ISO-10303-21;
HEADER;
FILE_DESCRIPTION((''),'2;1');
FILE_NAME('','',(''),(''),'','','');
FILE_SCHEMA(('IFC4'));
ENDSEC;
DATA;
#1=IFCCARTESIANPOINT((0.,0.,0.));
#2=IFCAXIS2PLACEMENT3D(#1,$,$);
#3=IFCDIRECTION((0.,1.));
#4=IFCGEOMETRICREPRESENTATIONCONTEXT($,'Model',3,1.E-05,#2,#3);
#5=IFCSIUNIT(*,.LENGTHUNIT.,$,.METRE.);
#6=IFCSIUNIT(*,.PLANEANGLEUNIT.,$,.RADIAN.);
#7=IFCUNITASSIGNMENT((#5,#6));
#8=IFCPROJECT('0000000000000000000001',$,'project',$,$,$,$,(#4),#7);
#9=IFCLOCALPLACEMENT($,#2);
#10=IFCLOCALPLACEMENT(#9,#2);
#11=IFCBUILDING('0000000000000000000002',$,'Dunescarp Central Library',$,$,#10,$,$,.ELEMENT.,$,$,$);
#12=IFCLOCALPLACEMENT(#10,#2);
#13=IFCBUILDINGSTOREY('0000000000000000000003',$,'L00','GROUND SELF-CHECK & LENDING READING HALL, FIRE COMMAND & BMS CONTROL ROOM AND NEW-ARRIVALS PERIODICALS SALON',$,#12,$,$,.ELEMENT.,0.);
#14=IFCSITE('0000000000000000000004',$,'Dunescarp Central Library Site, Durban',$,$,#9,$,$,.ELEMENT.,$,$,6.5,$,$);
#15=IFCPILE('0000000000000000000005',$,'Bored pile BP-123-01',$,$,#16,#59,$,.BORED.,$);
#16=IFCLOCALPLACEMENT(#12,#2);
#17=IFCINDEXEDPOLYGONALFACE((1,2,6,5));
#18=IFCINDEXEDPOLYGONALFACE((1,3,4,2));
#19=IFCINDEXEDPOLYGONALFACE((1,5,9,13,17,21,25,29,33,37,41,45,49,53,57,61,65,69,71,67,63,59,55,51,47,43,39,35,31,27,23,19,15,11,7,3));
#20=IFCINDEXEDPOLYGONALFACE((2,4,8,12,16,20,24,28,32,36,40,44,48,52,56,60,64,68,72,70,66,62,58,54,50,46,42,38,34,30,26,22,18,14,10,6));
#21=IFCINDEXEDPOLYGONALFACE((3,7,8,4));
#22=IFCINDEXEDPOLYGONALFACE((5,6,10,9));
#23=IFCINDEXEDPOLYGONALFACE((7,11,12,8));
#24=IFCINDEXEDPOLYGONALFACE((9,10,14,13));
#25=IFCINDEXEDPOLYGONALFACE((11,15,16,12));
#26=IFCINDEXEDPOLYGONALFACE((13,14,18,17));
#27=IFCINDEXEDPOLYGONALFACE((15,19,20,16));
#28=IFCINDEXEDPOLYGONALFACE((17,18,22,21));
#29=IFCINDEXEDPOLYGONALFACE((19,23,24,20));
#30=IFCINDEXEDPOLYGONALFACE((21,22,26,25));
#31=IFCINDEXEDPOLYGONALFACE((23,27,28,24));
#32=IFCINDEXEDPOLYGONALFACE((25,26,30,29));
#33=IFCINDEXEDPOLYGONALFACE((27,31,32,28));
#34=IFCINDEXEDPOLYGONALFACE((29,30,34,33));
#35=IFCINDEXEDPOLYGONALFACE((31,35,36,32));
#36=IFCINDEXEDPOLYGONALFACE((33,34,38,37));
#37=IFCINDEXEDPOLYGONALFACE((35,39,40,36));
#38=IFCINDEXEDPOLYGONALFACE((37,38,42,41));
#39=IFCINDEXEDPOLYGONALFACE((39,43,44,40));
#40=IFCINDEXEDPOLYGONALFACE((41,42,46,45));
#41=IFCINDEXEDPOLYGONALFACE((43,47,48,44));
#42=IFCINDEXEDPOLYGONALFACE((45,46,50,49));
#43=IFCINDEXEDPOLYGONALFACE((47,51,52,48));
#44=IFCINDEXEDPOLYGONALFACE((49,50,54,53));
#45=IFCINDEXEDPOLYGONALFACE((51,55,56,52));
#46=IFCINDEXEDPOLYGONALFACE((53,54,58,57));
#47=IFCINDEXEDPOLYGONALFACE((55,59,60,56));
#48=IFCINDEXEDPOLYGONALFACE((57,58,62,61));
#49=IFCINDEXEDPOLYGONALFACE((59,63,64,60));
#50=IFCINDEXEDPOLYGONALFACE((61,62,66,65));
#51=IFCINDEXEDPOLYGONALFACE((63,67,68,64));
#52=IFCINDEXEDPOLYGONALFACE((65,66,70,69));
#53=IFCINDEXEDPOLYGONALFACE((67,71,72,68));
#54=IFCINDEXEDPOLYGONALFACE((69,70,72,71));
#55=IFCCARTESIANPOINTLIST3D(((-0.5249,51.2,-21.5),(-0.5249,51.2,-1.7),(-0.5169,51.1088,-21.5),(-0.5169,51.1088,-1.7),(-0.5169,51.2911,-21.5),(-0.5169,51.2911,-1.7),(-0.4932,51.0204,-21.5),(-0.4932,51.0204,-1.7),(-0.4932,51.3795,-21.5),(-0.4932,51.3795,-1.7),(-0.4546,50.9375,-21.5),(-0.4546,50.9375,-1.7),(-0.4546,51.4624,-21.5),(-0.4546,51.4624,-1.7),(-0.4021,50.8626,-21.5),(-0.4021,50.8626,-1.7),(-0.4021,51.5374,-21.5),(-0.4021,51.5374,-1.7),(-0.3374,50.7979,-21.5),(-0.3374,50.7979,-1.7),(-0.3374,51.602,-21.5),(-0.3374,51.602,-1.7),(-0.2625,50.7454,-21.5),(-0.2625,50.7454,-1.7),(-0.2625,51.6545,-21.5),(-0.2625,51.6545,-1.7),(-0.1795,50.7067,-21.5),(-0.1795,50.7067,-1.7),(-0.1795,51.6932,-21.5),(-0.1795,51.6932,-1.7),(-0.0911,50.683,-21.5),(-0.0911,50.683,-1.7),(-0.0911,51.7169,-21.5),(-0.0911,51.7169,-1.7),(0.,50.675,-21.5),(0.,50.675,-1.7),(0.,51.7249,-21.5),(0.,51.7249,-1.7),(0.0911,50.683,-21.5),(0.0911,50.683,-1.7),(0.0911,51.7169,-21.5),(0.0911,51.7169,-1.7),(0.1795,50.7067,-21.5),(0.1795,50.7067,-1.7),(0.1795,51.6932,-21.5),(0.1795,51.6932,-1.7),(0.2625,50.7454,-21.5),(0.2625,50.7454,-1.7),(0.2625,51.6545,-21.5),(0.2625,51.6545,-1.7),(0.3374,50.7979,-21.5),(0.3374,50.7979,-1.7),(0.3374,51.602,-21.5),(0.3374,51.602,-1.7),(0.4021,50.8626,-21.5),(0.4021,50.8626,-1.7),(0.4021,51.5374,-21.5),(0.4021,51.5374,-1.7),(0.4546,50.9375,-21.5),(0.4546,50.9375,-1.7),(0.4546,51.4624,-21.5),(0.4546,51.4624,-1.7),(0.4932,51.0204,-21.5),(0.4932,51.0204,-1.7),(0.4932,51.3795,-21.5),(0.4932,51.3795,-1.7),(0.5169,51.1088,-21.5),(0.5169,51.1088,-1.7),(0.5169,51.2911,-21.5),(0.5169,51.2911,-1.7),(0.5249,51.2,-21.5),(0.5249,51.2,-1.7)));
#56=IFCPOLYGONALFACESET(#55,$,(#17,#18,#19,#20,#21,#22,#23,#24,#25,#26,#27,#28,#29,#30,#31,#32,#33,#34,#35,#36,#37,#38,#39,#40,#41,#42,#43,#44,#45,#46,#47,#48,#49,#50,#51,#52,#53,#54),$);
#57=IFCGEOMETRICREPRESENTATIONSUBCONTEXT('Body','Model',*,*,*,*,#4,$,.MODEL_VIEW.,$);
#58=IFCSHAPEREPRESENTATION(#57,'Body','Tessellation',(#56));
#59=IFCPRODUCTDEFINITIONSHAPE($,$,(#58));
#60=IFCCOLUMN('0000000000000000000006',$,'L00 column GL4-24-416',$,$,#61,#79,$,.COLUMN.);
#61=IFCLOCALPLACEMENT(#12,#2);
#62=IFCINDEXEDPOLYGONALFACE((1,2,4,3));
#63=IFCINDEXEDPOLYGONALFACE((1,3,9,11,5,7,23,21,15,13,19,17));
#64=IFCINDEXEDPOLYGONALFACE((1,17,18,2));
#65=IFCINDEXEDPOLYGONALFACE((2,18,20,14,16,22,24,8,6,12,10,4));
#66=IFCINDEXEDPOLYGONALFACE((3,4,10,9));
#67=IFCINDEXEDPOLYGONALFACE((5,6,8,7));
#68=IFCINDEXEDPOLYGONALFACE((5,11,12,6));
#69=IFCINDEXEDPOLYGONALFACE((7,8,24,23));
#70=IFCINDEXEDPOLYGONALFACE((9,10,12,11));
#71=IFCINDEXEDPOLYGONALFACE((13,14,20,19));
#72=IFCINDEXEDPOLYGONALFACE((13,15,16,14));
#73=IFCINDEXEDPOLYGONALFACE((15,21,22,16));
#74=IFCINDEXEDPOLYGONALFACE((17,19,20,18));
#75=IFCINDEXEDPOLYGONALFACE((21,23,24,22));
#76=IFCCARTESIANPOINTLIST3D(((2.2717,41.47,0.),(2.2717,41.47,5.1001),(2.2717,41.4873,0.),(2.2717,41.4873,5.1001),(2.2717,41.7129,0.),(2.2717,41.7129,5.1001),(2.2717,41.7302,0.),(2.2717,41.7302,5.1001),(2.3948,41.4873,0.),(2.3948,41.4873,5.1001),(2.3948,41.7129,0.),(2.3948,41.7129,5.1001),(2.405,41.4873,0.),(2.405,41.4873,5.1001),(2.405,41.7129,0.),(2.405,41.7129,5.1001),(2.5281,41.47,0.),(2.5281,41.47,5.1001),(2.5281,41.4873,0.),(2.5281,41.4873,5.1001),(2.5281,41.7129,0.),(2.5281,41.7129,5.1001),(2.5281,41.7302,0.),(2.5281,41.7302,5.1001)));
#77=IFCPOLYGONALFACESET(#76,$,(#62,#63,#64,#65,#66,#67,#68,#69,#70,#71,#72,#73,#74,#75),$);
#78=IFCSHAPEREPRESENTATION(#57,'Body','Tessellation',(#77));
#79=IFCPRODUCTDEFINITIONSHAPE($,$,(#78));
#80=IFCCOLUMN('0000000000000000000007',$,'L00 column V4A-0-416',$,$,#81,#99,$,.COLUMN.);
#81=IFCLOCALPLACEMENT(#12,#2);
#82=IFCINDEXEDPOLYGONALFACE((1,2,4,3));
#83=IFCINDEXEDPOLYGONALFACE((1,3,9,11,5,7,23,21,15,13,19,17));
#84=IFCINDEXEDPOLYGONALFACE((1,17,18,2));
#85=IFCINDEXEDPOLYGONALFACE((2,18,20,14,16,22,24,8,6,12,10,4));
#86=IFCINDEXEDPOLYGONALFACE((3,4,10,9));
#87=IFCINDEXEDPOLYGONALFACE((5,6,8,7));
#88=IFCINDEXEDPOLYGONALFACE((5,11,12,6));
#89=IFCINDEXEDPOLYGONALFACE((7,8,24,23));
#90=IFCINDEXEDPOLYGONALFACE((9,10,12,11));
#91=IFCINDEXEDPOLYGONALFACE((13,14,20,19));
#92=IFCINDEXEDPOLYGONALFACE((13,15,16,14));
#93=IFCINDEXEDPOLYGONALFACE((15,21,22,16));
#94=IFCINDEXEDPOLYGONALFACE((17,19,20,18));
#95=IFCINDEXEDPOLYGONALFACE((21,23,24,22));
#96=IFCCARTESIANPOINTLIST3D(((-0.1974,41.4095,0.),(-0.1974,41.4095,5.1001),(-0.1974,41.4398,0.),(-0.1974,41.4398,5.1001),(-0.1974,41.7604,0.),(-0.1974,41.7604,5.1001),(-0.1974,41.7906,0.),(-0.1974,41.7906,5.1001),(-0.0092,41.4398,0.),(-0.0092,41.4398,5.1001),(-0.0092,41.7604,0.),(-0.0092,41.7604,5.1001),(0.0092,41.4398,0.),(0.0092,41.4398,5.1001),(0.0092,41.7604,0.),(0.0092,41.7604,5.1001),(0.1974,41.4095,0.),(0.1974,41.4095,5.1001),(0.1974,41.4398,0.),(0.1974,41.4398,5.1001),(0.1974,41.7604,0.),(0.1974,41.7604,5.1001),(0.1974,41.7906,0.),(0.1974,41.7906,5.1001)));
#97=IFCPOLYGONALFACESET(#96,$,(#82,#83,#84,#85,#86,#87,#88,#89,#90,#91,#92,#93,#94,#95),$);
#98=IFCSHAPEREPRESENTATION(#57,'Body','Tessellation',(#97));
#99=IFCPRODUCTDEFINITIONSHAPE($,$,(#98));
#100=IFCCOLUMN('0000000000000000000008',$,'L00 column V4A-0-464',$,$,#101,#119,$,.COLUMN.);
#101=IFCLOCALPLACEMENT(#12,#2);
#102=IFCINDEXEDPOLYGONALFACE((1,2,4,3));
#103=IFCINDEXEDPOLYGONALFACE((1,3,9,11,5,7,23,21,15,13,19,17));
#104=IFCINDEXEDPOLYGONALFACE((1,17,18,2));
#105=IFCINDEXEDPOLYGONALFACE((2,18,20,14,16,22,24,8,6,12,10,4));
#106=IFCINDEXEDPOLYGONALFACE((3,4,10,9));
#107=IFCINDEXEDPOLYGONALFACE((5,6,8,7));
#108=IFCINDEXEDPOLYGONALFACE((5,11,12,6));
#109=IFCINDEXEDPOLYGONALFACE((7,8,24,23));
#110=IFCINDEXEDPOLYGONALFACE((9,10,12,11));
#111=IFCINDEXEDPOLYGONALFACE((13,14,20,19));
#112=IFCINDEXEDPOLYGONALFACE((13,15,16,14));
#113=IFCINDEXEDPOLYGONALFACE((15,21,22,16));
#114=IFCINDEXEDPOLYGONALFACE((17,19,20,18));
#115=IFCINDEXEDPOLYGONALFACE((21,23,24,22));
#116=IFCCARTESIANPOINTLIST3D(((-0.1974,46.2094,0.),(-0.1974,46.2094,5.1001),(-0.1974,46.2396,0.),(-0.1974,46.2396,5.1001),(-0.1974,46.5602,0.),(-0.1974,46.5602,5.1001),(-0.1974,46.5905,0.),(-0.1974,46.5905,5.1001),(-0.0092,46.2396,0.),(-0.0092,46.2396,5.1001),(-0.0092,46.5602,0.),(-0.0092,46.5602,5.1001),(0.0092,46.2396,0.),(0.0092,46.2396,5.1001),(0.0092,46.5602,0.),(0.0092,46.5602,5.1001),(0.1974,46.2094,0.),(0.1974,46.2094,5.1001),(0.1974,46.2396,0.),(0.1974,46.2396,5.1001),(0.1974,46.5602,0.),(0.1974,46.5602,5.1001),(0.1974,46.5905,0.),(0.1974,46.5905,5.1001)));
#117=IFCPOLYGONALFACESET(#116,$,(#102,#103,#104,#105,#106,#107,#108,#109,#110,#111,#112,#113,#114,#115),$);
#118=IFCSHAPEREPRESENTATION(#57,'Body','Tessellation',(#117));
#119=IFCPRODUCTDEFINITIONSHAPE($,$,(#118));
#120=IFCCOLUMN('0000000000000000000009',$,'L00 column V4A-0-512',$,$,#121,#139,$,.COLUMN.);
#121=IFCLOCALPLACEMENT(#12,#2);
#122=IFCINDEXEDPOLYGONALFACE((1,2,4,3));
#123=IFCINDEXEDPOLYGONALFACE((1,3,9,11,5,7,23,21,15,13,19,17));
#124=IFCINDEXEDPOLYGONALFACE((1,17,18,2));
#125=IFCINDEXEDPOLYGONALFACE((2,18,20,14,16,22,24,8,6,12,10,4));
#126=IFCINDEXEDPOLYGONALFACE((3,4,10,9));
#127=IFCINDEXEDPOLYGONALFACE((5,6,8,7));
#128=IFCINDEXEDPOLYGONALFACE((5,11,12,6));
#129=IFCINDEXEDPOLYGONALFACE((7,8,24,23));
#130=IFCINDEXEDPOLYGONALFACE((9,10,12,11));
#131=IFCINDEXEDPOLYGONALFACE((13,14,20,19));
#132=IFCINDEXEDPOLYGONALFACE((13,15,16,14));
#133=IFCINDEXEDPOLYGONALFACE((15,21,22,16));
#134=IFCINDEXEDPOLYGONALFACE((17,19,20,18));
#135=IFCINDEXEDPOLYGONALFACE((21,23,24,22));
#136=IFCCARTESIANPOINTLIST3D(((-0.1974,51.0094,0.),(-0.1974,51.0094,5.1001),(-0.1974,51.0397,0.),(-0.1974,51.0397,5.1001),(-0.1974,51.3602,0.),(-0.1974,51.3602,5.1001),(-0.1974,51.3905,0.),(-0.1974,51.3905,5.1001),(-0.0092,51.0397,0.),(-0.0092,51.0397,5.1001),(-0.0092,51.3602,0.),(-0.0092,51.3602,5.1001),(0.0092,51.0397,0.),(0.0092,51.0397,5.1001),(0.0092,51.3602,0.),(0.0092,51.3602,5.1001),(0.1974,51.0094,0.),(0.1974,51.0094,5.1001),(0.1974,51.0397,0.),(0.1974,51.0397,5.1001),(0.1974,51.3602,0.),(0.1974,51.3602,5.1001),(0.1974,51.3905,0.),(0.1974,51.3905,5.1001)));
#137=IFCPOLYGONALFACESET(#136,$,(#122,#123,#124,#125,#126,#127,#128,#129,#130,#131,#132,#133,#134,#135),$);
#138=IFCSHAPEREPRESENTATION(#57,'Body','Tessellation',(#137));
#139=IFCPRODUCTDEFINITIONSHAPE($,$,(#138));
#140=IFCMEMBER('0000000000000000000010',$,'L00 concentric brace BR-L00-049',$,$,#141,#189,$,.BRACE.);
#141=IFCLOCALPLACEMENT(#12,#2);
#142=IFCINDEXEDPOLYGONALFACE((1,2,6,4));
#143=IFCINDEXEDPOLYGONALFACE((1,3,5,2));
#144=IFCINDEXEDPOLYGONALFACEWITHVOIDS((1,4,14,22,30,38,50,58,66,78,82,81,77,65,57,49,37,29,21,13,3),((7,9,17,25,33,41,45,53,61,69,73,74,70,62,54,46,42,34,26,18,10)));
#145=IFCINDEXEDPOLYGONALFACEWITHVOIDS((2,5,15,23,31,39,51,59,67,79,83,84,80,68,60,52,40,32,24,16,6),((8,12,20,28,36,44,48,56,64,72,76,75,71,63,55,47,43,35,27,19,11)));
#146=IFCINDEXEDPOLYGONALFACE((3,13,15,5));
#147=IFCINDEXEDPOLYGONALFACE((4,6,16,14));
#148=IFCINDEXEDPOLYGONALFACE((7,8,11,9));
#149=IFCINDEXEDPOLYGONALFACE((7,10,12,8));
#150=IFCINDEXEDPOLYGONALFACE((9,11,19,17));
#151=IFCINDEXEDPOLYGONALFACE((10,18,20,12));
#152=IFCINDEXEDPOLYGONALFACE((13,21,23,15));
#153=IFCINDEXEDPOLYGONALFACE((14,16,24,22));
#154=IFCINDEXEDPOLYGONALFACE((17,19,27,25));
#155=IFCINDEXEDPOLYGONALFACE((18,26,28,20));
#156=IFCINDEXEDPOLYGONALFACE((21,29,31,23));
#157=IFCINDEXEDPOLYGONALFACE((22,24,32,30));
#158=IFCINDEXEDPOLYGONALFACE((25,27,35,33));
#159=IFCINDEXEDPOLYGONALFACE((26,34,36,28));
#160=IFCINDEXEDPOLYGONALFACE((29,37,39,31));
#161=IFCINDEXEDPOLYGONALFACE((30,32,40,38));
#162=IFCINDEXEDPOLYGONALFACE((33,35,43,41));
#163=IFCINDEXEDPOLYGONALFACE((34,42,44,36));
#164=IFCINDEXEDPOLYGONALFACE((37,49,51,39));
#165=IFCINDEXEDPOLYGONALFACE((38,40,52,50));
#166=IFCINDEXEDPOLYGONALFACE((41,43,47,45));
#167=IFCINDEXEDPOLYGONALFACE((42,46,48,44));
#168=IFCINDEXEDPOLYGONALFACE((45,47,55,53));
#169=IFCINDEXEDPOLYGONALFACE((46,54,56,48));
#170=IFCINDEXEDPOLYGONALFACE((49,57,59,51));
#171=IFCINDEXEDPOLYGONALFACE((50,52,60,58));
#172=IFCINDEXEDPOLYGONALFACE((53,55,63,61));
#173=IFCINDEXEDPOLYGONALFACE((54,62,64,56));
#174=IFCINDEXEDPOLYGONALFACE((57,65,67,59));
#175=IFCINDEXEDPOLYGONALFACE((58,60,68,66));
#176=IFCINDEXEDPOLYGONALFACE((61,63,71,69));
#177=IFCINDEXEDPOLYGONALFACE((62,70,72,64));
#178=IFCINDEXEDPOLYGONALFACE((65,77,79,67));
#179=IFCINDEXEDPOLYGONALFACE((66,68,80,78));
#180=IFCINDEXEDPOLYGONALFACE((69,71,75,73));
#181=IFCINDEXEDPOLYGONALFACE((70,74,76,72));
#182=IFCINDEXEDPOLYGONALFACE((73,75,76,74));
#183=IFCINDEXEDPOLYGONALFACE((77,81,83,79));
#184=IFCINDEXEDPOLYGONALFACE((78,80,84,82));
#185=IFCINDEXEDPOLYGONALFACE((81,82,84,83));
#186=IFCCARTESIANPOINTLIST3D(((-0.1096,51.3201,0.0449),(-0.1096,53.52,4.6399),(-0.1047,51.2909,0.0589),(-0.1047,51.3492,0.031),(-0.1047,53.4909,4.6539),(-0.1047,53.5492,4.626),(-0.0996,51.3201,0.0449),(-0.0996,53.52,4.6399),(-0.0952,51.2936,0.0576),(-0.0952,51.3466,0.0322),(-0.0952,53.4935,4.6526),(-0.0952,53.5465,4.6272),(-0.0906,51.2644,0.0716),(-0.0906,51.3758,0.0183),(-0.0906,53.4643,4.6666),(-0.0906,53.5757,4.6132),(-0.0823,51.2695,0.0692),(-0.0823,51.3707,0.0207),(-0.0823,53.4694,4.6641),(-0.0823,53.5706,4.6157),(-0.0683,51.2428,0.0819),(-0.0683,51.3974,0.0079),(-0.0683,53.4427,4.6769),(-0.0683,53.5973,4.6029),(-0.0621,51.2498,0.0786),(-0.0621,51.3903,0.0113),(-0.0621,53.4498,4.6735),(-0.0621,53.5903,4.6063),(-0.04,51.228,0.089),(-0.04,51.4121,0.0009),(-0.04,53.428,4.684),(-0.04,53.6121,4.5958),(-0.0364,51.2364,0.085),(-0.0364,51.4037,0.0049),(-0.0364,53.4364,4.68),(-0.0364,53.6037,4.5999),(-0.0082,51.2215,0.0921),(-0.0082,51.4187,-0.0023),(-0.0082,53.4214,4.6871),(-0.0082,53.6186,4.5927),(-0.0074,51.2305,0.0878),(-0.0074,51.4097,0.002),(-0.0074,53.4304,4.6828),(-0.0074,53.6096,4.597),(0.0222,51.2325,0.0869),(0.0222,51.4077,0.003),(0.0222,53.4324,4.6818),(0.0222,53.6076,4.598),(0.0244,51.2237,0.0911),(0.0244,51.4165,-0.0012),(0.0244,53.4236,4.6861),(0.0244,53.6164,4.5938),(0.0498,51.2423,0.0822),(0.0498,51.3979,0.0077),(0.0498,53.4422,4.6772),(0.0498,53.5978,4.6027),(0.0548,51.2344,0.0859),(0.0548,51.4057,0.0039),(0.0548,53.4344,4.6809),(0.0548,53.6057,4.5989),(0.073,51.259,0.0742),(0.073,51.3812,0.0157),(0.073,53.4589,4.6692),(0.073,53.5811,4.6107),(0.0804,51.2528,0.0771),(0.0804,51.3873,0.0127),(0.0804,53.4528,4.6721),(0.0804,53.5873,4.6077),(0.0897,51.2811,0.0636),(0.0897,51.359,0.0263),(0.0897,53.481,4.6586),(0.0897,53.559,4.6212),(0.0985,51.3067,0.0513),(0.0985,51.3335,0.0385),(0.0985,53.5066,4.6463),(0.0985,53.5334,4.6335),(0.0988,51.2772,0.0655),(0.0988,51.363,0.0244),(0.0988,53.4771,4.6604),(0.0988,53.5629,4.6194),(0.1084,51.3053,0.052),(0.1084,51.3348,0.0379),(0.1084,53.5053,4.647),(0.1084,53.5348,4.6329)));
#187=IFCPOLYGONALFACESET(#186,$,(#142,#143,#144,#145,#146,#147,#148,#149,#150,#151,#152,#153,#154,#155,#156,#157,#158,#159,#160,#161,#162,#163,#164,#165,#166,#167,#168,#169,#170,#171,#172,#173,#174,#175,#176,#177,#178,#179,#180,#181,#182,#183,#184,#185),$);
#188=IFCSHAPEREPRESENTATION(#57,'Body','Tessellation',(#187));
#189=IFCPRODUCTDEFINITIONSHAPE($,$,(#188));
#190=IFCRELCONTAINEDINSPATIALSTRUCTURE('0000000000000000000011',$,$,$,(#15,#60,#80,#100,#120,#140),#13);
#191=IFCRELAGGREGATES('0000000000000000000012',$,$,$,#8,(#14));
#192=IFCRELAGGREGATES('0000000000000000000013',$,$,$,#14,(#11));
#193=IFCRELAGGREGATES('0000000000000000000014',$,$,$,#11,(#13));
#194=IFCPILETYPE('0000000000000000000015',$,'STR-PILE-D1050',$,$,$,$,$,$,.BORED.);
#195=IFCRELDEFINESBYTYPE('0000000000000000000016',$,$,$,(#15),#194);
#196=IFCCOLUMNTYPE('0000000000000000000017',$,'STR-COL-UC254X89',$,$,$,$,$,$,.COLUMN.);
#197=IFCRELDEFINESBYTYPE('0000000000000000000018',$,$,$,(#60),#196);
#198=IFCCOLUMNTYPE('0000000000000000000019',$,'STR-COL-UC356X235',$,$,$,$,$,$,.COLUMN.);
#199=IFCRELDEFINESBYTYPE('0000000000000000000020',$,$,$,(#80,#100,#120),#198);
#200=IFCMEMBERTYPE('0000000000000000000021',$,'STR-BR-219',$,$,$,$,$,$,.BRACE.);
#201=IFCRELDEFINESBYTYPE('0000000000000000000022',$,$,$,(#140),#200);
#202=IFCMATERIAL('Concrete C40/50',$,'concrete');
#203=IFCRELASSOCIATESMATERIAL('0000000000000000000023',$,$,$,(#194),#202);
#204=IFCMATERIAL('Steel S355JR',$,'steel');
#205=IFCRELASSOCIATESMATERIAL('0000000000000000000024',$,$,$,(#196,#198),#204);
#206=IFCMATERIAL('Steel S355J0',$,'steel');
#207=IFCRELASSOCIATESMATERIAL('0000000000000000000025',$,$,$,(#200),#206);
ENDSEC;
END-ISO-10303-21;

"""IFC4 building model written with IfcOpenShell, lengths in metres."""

from ifc_helpers import new_model, si_unit, direction, frame, origin, origin_2d, place, context, subcontext, project, spatial, circle, hollow_circle, i_section, extrude, material, material_profile, profile_set, type_object, element, save


model = new_model("IFC4")

# Units and contexts
model_context = context("Model", 3, precision=1e-05, world=origin(), true_north=direction((0.0, 1.0)))
body_context = subcontext(model_context, "Body", "Model", "MODEL_VIEW")
ifc_project = project(units=[si_unit("LENGTHUNIT", "METRE"), si_unit("PLANEANGLEUNIT", "RADIAN")], contexts=[model_context])

# Site, building, storey
site_placement = place(None, origin())
site = spatial("IfcSite", under=ifc_project, at=site_placement, Name="Dunescarp Central Library Site, Durban", CompositionType="ELEMENT", RefElevation=6.5)
building_placement = place(site_placement, origin())
building = spatial("IfcBuilding", under=site, at=building_placement, Name="Dunescarp Central Library", CompositionType="ELEMENT")
storey_placement = place(building_placement, origin())
storey = spatial("IfcBuildingStorey", under=building, at=storey_placement, Name="L00", Description="GROUND SELF-CHECK & LENDING READING HALL, FIRE COMMAND & BMS CONTROL ROOM AND NEW-ARRIVALS PERIODICALS SALON", CompositionType="ELEMENT", Elevation=0.0)

# Shared definitions
ifc_material_1 = material(Name="Concrete C40/50", Category="concrete")

# Pile
ifc_material_profile_1 = material_profile(ifc_material_1, circle(Radius=0.5249, at=origin_2d()), Name="PILE D1050")
ifc_profile_set_1 = profile_set([ifc_material_profile_1], Name="Concrete C40/50")
pile_type = type_object("IfcPileType", Name="STR-PILE-D1050", PredefinedType="BORED", material=ifc_profile_set_1)
for number, where, z_axis, x_axis, name in (
    (1, (0.0, 51.2, -1.7), (0.0, 0.0, -1.0), (1.0, 0.0, 0.0), "Bored pile BP-123-01"),
):
    element("IfcPile", number, at=place(storey_placement, frame(where, z_axis=z_axis, x_axis=x_axis)), inside=storey, type_object=pile_type, Name=name, PredefinedType="BORED", context=body_context, shape_type="SweptSolid", body=[
        extrude(circle(Radius=0.5249, at=origin_2d()), origin(), (0.0, 0.0, 1.0), 19.8),
    ])

# Columns
ifc_material_2 = material(Name="Steel S355JR", Category="steel")
ifc_material_profile_2 = material_profile(ifc_material_2, i_section(OverallWidth=0.2563, OverallDepth=0.2603, WebThickness=0.0103, FlangeThickness=0.0173, at=origin_2d()), Name="UC 254x254x89")
ifc_profile_set_2 = profile_set([ifc_material_profile_2], Name="Steel S355JR")
column_type_1 = type_object("IfcColumnType", Name="STR-COL-UC254X89", PredefinedType="COLUMN", material=ifc_profile_set_2)
column_placement = place(storey_placement, frame((2.3999, 41.6001, 0.0), z_axis=(0.0, 0.0, 1.0), x_axis=(1.0, 0.0, 0.0)))
element("IfcColumn", 2, at=column_placement, inside=storey, type_object=column_type_1, Name="L00 column GL4-24-416", PredefinedType="COLUMN", context=body_context, shape_type="SweptSolid", body=[
    extrude(i_section(OverallWidth=0.2563, OverallDepth=0.2603, WebThickness=0.0103, FlangeThickness=0.0173, at=origin_2d()), origin(), (0.0, 0.0, 1.0), 5.1001),
])
ifc_material_profile_3 = material_profile(ifc_material_2, i_section(OverallWidth=0.3948, OverallDepth=0.3811, WebThickness=0.0183, FlangeThickness=0.0303, at=origin_2d()), Name="UC 356x406x235")
ifc_profile_set_3 = profile_set([ifc_material_profile_3], Name="Steel S355JR")
column_type_2 = type_object("IfcColumnType", Name="STR-COL-UC356X235", PredefinedType="COLUMN", material=ifc_profile_set_3)
for number, where, z_axis, x_axis, name in (
    (3, (0.0, 41.6001, 0.0), (0.0, 0.0, 1.0), (1.0, 0.0, 0.0), "L00 column V4A-0-416"),
    (4, (0.0, 46.3999, 0.0), (0.0, 0.0, 1.0), (1.0, 0.0, 0.0), "L00 column V4A-0-464"),
    (5, (0.0, 51.2, 0.0), (0.0, 0.0, 1.0), (1.0, 0.0, 0.0), "L00 column V4A-0-512"),
):
    element("IfcColumn", number, at=place(storey_placement, frame(where, z_axis=z_axis, x_axis=x_axis)), inside=storey, type_object=column_type_2, Name=name, PredefinedType="COLUMN", context=body_context, shape_type="SweptSolid", body=[
        extrude(i_section(OverallWidth=0.3948, OverallDepth=0.3811, WebThickness=0.0183, FlangeThickness=0.0303, at=origin_2d()), origin(), (0.0, 0.0, 1.0), 5.1001),
    ])

# Member
ifc_material_3 = material(Name="Steel S355J0", Category="steel")
ifc_material_profile_4 = material_profile(ifc_material_3, hollow_circle(Radius=0.1096, WallThickness=0.01, at=origin_2d()), Name="CHS 219.1x10")
ifc_profile_set_4 = profile_set([ifc_material_profile_4], Name="Steel S355J0")
member_type = type_object("IfcMemberType", Name="STR-BR-219", PredefinedType="BRACE", material=ifc_profile_set_4)
member_placement = place(storey_placement, frame((0.0, 51.3201, 0.0449), z_axis=(0.0, 0.431832, 0.901954), x_axis=(-1.0, 0.0, 0.0)))
element("IfcMember", 6, at=member_placement, inside=storey, type_object=member_type, Name="L00 concentric brace BR-L00-049", PredefinedType="BRACE", context=body_context, shape_type="SweptSolid", body=[
    extrude(hollow_circle(Radius=0.1096, WallThickness=0.01, at=origin_2d()), origin(), (0.0, 0.0, 1.0), 5.0945),
])

save(model, "model.ifc")
